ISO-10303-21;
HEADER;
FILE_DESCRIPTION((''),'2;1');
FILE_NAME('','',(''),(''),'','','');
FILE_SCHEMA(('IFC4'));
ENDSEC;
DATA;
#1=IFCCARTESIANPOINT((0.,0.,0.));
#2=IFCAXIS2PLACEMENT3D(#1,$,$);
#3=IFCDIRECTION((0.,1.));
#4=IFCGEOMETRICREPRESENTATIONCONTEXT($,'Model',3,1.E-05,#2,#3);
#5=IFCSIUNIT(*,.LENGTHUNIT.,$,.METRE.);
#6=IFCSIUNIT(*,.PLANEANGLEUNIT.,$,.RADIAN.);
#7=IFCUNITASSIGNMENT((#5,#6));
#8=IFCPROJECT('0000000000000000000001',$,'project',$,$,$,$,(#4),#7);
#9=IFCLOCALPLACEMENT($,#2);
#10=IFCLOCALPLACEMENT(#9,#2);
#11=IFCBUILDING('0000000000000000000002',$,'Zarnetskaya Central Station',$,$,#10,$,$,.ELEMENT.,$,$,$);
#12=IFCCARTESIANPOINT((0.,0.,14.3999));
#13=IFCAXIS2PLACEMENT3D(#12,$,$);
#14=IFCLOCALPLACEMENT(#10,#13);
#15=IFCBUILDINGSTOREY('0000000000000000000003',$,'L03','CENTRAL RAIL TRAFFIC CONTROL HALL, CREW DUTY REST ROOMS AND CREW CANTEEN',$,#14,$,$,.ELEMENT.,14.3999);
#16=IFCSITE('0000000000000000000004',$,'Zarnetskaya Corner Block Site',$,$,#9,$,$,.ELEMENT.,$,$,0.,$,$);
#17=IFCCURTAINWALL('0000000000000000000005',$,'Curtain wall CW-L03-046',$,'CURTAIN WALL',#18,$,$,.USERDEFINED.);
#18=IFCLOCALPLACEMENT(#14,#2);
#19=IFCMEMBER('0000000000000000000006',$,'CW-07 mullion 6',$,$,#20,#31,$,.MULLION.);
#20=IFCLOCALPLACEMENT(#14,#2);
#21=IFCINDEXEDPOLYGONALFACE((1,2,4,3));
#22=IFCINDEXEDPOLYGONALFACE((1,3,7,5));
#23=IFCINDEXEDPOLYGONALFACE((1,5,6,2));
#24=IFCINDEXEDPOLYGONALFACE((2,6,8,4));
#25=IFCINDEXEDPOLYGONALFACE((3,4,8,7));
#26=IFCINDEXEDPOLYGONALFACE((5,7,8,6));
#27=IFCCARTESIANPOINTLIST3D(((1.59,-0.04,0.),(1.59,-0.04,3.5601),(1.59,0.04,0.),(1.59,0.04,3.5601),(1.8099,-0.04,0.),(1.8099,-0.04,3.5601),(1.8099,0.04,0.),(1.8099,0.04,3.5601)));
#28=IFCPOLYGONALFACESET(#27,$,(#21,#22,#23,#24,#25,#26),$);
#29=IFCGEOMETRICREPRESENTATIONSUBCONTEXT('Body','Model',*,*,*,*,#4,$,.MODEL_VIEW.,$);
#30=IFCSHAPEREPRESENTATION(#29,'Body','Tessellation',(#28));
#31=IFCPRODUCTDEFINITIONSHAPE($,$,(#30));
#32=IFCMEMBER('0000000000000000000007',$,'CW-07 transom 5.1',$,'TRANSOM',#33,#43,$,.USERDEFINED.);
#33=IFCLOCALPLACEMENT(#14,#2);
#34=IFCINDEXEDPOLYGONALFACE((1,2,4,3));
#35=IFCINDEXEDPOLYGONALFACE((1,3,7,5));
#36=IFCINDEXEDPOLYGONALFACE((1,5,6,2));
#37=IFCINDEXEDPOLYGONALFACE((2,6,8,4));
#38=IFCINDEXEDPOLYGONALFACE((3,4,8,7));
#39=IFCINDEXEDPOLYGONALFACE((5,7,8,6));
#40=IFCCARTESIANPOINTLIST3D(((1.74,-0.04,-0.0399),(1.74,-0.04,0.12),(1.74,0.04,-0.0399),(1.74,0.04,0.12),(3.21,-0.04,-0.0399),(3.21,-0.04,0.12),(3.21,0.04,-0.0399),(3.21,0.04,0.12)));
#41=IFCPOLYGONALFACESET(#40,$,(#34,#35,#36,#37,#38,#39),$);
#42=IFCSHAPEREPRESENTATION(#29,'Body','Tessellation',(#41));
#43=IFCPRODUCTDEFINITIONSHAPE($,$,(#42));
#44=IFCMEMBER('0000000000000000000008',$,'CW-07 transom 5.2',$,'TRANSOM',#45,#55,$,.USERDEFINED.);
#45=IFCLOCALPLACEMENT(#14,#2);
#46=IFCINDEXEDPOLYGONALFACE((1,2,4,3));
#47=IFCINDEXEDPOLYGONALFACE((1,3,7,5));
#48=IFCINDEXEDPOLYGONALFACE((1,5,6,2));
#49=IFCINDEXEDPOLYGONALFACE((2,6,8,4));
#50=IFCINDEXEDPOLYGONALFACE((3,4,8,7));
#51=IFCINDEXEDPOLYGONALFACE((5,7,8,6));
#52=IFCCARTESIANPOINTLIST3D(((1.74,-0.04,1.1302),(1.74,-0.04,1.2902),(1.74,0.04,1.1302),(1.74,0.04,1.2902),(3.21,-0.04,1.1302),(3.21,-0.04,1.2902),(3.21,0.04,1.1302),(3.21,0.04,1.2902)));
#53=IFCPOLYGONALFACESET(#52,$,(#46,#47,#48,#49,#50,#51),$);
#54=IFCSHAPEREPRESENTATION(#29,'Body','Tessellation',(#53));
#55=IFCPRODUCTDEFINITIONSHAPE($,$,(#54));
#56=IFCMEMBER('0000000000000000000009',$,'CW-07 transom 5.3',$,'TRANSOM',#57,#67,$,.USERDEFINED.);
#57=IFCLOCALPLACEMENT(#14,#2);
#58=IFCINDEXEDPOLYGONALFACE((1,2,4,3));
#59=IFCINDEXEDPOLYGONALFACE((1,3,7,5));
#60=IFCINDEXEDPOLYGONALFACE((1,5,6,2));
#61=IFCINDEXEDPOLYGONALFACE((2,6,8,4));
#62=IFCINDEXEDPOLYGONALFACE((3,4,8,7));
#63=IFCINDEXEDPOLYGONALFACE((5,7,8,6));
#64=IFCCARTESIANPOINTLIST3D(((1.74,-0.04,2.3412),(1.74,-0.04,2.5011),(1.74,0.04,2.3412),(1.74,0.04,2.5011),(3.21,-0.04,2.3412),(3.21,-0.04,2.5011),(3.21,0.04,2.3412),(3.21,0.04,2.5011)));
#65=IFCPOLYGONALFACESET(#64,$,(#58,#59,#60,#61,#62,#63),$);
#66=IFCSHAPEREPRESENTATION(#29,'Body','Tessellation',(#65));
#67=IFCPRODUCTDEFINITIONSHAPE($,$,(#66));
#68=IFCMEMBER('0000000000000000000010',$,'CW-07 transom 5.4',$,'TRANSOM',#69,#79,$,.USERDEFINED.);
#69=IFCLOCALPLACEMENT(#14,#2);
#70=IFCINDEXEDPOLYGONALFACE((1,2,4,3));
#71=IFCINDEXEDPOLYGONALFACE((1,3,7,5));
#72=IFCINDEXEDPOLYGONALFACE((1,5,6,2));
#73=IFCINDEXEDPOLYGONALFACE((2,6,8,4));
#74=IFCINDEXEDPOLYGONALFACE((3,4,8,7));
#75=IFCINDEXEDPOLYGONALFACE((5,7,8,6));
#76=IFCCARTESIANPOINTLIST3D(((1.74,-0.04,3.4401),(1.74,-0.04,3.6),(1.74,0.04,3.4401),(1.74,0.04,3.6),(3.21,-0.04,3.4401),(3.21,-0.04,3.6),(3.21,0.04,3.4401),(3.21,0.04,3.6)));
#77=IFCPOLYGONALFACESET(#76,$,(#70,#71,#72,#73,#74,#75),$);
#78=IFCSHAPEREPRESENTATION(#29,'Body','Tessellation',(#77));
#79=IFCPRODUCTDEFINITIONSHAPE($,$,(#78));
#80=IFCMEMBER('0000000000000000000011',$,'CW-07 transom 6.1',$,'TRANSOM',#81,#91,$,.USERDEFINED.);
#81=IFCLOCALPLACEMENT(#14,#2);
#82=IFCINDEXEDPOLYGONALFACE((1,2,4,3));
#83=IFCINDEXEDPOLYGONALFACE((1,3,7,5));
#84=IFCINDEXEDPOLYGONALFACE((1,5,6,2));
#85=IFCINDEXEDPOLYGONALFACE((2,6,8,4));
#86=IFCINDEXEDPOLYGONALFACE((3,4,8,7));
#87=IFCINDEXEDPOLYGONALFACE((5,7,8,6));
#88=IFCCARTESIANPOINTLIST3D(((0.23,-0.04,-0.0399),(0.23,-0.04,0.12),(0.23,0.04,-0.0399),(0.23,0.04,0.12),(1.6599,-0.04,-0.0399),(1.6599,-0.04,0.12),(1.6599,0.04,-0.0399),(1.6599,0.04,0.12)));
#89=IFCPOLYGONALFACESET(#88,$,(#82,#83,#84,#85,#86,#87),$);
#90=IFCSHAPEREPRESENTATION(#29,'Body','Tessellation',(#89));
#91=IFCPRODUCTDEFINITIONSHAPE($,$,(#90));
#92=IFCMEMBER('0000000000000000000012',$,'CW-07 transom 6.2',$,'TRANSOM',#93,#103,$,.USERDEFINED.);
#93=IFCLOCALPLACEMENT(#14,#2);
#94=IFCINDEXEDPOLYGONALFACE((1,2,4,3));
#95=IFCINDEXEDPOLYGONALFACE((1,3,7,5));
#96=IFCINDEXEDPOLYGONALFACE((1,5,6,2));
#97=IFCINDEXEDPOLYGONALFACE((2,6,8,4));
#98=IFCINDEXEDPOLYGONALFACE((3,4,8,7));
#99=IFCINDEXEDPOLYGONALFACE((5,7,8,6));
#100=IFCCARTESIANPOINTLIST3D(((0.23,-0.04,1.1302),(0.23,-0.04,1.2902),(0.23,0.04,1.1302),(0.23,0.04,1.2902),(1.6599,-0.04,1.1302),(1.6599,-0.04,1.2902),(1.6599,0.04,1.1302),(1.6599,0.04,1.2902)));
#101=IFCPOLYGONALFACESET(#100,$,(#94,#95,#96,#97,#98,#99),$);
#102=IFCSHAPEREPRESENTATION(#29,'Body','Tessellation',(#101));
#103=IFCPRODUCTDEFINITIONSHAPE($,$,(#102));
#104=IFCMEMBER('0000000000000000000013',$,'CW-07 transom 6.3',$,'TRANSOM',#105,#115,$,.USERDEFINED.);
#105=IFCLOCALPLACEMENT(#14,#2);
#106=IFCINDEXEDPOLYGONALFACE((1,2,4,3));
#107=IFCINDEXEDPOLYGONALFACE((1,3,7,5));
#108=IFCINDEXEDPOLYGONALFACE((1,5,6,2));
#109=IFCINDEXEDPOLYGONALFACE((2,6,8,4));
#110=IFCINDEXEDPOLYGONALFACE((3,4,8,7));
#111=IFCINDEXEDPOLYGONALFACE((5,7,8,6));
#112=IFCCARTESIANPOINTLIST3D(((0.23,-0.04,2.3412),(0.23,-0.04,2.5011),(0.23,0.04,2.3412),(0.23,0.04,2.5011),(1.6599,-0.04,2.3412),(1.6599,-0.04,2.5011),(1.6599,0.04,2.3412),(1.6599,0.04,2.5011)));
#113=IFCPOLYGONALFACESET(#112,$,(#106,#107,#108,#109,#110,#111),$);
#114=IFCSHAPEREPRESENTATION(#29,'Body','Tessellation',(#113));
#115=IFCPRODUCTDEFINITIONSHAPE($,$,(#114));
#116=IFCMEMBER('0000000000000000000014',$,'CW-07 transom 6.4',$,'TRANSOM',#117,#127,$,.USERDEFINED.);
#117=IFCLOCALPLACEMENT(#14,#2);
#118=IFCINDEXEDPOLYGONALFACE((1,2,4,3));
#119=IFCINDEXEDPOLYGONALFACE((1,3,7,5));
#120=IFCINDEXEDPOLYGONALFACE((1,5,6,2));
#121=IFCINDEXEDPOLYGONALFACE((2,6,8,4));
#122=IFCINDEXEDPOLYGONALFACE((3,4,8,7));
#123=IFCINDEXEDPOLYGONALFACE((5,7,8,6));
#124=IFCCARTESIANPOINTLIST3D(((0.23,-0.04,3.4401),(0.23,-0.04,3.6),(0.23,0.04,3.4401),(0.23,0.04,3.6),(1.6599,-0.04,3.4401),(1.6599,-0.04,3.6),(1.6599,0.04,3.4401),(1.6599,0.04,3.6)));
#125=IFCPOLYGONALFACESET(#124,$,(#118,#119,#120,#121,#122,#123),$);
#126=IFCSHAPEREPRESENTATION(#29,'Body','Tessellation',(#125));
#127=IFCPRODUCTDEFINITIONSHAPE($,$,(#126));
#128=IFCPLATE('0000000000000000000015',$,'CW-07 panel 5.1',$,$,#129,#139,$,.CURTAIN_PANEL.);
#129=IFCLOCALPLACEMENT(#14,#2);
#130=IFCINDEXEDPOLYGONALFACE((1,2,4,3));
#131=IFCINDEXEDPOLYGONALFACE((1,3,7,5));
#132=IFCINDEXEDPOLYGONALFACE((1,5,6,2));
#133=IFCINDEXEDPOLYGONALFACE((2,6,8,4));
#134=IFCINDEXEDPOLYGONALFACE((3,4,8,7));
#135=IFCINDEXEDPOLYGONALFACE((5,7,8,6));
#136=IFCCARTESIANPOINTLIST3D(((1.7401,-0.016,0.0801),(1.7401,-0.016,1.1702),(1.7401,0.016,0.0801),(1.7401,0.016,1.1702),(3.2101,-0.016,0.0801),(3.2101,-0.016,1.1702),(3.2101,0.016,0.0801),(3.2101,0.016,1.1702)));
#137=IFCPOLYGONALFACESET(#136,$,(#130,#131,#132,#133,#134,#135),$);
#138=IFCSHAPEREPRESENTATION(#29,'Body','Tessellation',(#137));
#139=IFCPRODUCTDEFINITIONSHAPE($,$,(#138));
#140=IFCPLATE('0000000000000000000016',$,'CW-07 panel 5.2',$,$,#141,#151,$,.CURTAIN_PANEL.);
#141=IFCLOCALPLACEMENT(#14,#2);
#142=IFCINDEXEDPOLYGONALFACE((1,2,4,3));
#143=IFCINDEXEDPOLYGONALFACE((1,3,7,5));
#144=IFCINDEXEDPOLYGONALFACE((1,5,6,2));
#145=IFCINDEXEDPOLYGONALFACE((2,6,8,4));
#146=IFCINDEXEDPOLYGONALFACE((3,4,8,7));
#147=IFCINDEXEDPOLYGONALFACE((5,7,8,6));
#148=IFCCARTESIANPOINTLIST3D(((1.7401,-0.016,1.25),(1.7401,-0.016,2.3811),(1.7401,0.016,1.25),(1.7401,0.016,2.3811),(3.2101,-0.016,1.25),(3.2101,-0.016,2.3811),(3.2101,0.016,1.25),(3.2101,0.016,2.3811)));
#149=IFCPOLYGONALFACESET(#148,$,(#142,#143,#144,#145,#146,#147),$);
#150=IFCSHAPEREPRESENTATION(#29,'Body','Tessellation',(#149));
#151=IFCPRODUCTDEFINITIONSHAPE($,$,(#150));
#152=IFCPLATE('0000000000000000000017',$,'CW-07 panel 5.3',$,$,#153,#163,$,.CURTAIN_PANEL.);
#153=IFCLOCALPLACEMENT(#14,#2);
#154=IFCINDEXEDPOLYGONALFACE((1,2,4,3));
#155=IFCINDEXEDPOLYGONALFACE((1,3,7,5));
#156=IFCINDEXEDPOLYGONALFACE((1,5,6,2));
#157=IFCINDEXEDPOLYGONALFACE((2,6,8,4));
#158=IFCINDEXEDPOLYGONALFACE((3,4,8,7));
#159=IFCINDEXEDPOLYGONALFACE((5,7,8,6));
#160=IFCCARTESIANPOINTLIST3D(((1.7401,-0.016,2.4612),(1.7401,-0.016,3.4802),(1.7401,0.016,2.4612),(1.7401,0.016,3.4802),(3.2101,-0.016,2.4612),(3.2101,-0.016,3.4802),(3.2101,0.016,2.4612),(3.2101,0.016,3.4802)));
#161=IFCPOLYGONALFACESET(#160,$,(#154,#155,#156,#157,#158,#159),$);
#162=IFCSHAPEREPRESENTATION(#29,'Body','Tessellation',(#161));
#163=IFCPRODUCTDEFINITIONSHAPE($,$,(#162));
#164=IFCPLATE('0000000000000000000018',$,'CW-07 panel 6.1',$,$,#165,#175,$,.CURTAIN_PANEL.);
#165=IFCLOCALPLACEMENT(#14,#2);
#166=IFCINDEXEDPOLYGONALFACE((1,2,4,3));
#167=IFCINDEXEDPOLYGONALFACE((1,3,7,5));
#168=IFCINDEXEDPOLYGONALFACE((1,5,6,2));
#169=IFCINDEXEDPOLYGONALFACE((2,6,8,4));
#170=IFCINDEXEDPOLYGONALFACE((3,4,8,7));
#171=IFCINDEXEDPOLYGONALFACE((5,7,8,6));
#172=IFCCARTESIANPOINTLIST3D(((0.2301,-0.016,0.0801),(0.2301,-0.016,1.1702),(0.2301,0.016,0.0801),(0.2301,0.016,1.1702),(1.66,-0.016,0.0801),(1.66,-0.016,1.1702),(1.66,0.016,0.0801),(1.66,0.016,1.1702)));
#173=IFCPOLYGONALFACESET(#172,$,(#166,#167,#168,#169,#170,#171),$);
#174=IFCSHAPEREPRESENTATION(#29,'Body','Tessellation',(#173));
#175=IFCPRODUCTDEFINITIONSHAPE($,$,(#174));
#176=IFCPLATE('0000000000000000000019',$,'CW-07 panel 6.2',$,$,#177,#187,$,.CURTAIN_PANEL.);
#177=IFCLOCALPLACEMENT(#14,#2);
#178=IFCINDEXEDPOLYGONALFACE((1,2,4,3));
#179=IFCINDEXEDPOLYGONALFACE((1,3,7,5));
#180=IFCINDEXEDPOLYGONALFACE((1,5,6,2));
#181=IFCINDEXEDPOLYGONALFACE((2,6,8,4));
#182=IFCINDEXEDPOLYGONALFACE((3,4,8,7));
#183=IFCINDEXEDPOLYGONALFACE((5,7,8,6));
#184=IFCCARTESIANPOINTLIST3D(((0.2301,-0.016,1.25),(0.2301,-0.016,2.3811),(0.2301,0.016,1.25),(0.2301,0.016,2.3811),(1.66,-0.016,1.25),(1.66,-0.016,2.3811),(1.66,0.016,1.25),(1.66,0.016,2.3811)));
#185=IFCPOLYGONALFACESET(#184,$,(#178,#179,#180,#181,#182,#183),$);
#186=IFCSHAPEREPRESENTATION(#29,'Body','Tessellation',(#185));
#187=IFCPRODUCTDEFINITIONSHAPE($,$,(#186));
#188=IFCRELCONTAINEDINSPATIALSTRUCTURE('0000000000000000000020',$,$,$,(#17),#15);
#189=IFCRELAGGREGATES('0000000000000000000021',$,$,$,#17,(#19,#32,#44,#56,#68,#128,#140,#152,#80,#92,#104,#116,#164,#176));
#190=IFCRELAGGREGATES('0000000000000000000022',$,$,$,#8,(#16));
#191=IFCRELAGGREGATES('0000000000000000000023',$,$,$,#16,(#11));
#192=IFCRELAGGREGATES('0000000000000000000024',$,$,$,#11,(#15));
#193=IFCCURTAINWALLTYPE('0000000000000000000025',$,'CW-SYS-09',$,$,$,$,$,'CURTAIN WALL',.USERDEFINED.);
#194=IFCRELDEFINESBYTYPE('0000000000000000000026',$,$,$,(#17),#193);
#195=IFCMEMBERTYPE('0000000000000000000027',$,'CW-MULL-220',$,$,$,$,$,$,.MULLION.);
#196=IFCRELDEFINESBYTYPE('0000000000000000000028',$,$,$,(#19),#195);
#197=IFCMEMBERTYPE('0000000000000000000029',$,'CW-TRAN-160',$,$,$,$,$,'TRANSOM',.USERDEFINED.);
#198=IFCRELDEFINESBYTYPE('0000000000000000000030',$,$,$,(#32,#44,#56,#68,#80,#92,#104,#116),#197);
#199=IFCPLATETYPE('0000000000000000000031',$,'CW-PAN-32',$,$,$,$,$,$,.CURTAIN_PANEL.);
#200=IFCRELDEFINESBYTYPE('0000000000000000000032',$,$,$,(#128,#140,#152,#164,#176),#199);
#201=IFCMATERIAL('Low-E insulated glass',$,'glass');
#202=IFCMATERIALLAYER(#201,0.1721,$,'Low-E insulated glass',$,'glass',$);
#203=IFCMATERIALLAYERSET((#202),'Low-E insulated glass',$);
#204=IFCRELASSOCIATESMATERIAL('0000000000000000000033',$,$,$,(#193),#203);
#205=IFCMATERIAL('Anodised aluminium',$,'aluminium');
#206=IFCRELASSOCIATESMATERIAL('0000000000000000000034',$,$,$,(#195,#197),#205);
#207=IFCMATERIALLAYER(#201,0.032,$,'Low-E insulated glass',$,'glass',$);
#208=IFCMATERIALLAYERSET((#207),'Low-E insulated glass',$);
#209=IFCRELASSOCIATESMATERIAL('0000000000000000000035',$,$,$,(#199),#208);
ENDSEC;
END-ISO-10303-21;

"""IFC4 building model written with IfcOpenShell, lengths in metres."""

from ifc_helpers import new_model, si_unit, direction, frame, origin, origin_2d, place, context, subcontext, project, spatial, rectangle, extrude, material, layer, layer_set, material_profile, profile_set, type_object, element, aggregate, save


model = new_model("IFC4")

# Units and contexts
model_context = context("Model", 3, precision=1e-05, world=origin(), true_north=direction((0.0, 1.0)))
body_context = subcontext(model_context, "Body", "Model", "MODEL_VIEW")
ifc_project = project(units=[si_unit("LENGTHUNIT", "METRE"), si_unit("PLANEANGLEUNIT", "RADIAN")], contexts=[model_context])

# Site, building, storey
site_placement = place(None, origin())
site = spatial("IfcSite", under=ifc_project, at=site_placement, Name="Zarnetskaya Corner Block Site", CompositionType="ELEMENT", RefElevation=0.0)
building_placement = place(site_placement, origin())
building = spatial("IfcBuilding", under=site, at=building_placement, Name="Zarnetskaya Central Station", CompositionType="ELEMENT")
storey_placement = place(building_placement, frame((0.0, 0.0, 14.3999)))
storey = spatial("IfcBuildingStorey", under=building, at=storey_placement, Name="L03", Description="CENTRAL RAIL TRAFFIC CONTROL HALL, CREW DUTY REST ROOMS AND CREW CANTEEN", CompositionType="ELEMENT", Elevation=14.3999)

# Curtain wall, members, plates
ifc_material_1 = material(Name="Low-E insulated glass", Category="glass")
ifc_layer_1 = layer(ifc_material_1, 0.1721, Name="Low-E insulated glass", Category="glass")
ifc_layer_set_1 = layer_set([ifc_layer_1], Name="Low-E insulated glass")
curtain_wall_type = type_object("IfcCurtainWallType", Name="CW-SYS-09", ElementType="CURTAIN WALL", PredefinedType="USERDEFINED", material=ifc_layer_set_1)
curtain_wall_placement = place(storey_placement, origin())
curtain_wall = element("IfcCurtainWall", 1, at=curtain_wall_placement, inside=storey, type_object=curtain_wall_type, Name="Curtain wall CW-L03-046", ObjectType="CURTAIN WALL", PredefinedType="USERDEFINED")
ifc_material_2 = material(Name="Anodised aluminium", Category="aluminium")
ifc_material_profile_1 = material_profile(ifc_material_2, rectangle(XDim=0.0801, YDim=0.22, at=origin_2d()), Name="ALU MULL 80x220")
ifc_profile_set_1 = profile_set([ifc_material_profile_1], Name="Anodised aluminium")
member_type_1 = type_object("IfcMemberType", Name="CW-MULL-220", PredefinedType="MULLION", material=ifc_profile_set_1)
member_1_placement = place(storey_placement, frame((1.7, 0.0, 0.0), z_axis=(0.0, 0.0, 1.0), x_axis=(0.0, -1.0, 0.0)))
member_1 = element("IfcMember", 2, at=member_1_placement, type_object=member_type_1, Name="CW-07 mullion 6", PredefinedType="MULLION", context=body_context, shape_type="SweptSolid", body=[
    extrude(rectangle(XDim=0.0801, YDim=0.22, at=origin_2d()), origin(), (0.0, 0.0, 1.0), 3.5601),
])
ifc_material_profile_2 = material_profile(ifc_material_2, rectangle(XDim=0.0801, YDim=0.1599, at=origin_2d()), Name="ALU TRAN 80x160")
ifc_profile_set_2 = profile_set([ifc_material_profile_2], Name="Anodised aluminium")
member_type_2 = type_object("IfcMemberType", Name="CW-TRAN-160", ElementType="TRANSOM", PredefinedType="USERDEFINED", material=ifc_profile_set_2)
member_2_placement = place(storey_placement, frame((3.21, 0.0, 0.04), z_axis=(-1.0, 0.0, 0.0), x_axis=(0.0, -1.0, 0.0)))
member_2 = element("IfcMember", 3, at=member_2_placement, type_object=member_type_2, Name="CW-07 transom 5.1", ObjectType="TRANSOM", PredefinedType="USERDEFINED", context=body_context, shape_type="SweptSolid", body=[
    extrude(rectangle(XDim=0.0801, YDim=0.1599, at=origin_2d()), origin(), (0.0, 0.0, 1.0), 1.47),
])
member_3_placement = place(storey_placement, frame((3.21, 0.0, 1.2102), z_axis=(-1.0, 0.0, 0.0), x_axis=(0.0, -1.0, 0.0)))
member_3 = element("IfcMember", 4, at=member_3_placement, type_object=member_type_2, Name="CW-07 transom 5.2", ObjectType="TRANSOM", PredefinedType="USERDEFINED", context=body_context, shape_type="SweptSolid", body=[
    extrude(rectangle(XDim=0.0801, YDim=0.1599, at=origin_2d()), origin(), (0.0, 0.0, 1.0), 1.47),
])
member_4_placement = place(storey_placement, frame((3.21, 0.0, 2.4211), z_axis=(-1.0, 0.0, 0.0), x_axis=(0.0, -1.0, 0.0)))
member_4 = element("IfcMember", 5, at=member_4_placement, type_object=member_type_2, Name="CW-07 transom 5.3", ObjectType="TRANSOM", PredefinedType="USERDEFINED", context=body_context, shape_type="SweptSolid", body=[
    extrude(rectangle(XDim=0.0801, YDim=0.1599, at=origin_2d()), origin(), (0.0, 0.0, 1.0), 1.47),
])
member_5_placement = place(storey_placement, frame((3.21, 0.0, 3.52), z_axis=(-1.0, 0.0, 0.0), x_axis=(0.0, -1.0, 0.0)))
member_5 = element("IfcMember", 6, at=member_5_placement, type_object=member_type_2, Name="CW-07 transom 5.4", ObjectType="TRANSOM", PredefinedType="USERDEFINED", context=body_context, shape_type="SweptSolid", body=[
    extrude(rectangle(XDim=0.0801, YDim=0.1599, at=origin_2d()), origin(), (0.0, 0.0, 1.0), 1.47),
])
member_6_placement = place(storey_placement, frame((1.6599, 0.0, 0.04), z_axis=(-1.0, 0.0, 0.0), x_axis=(0.0, -1.0, 0.0)))
member_6 = element("IfcMember", 7, at=member_6_placement, type_object=member_type_2, Name="CW-07 transom 6.1", ObjectType="TRANSOM", PredefinedType="USERDEFINED", context=body_context, shape_type="SweptSolid", body=[
    extrude(rectangle(XDim=0.0801, YDim=0.1599, at=origin_2d()), origin(), (0.0, 0.0, 1.0), 1.4299),
])
member_7_placement = place(storey_placement, frame((1.6599, 0.0, 1.2102), z_axis=(-1.0, 0.0, 0.0), x_axis=(0.0, -1.0, 0.0)))
member_7 = element("IfcMember", 8, at=member_7_placement, type_object=member_type_2, Name="CW-07 transom 6.2", ObjectType="TRANSOM", PredefinedType="USERDEFINED", context=body_context, shape_type="SweptSolid", body=[
    extrude(rectangle(XDim=0.0801, YDim=0.1599, at=origin_2d()), origin(), (0.0, 0.0, 1.0), 1.4299),
])
member_8_placement = place(storey_placement, frame((1.6599, 0.0, 2.4211), z_axis=(-1.0, 0.0, 0.0), x_axis=(0.0, -1.0, 0.0)))
member_8 = element("IfcMember", 9, at=member_8_placement, type_object=member_type_2, Name="CW-07 transom 6.3", ObjectType="TRANSOM", PredefinedType="USERDEFINED", context=body_context, shape_type="SweptSolid", body=[
    extrude(rectangle(XDim=0.0801, YDim=0.1599, at=origin_2d()), origin(), (0.0, 0.0, 1.0), 1.4299),
])
member_9_placement = place(storey_placement, frame((1.6599, 0.0, 3.52), z_axis=(-1.0, 0.0, 0.0), x_axis=(0.0, -1.0, 0.0)))
member_9 = element("IfcMember", 10, at=member_9_placement, type_object=member_type_2, Name="CW-07 transom 6.4", ObjectType="TRANSOM", PredefinedType="USERDEFINED", context=body_context, shape_type="SweptSolid", body=[
    extrude(rectangle(XDim=0.0801, YDim=0.1599, at=origin_2d()), origin(), (0.0, 0.0, 1.0), 1.4299),
])
ifc_layer_2 = layer(ifc_material_1, 0.032, Name="Low-E insulated glass", Category="glass")
ifc_layer_set_2 = layer_set([ifc_layer_2], Name="Low-E insulated glass")
plate_type = type_object("IfcPlateType", Name="CW-PAN-32", PredefinedType="CURTAIN_PANEL", material=ifc_layer_set_2)
plate_1_placement = place(storey_placement, frame((2.4751, 0.0, 0.0801), z_axis=(0.0, 0.0, 1.0), x_axis=(-1.0, 0.0, 0.0)))
plate_1 = element("IfcPlate", 11, at=plate_1_placement, type_object=plate_type, Name="CW-07 panel 5.1", PredefinedType="CURTAIN_PANEL", context=body_context, shape_type="SweptSolid", body=[
    extrude(rectangle(XDim=1.47, YDim=0.032, at=origin_2d()), origin(), (0.0, 0.0, 1.0), 1.0901),
])
plate_2_placement = place(storey_placement, frame((2.4751, 0.0, 1.25), z_axis=(0.0, 0.0, 1.0), x_axis=(-1.0, 0.0, 0.0)))
plate_2 = element("IfcPlate", 12, at=plate_2_placement, type_object=plate_type, Name="CW-07 panel 5.2", PredefinedType="CURTAIN_PANEL", context=body_context, shape_type="SweptSolid", body=[
    extrude(rectangle(XDim=1.47, YDim=0.032, at=origin_2d()), origin(), (0.0, 0.0, 1.0), 1.1311),
])
plate_3_placement = place(storey_placement, frame((2.4751, 0.0, 2.4612), z_axis=(0.0, 0.0, 1.0), x_axis=(-1.0, 0.0, 0.0)))
plate_3 = element("IfcPlate", 13, at=plate_3_placement, type_object=plate_type, Name="CW-07 panel 5.3", PredefinedType="CURTAIN_PANEL", context=body_context, shape_type="SweptSolid", body=[
    extrude(rectangle(XDim=1.47, YDim=0.032, at=origin_2d()), origin(), (0.0, 0.0, 1.0), 1.019),
])
plate_4_placement = place(storey_placement, frame((0.9451, 0.0, 0.0801), z_axis=(0.0, 0.0, 1.0), x_axis=(-1.0, 0.0, 0.0)))
plate_4 = element("IfcPlate", 14, at=plate_4_placement, type_object=plate_type, Name="CW-07 panel 6.1", PredefinedType="CURTAIN_PANEL", context=body_context, shape_type="SweptSolid", body=[
    extrude(rectangle(XDim=1.4299, YDim=0.032, at=origin_2d()), origin(), (0.0, 0.0, 1.0), 1.0901),
])
plate_5_placement = place(storey_placement, frame((0.9451, 0.0, 1.25), z_axis=(0.0, 0.0, 1.0), x_axis=(-1.0, 0.0, 0.0)))
plate_5 = element("IfcPlate", 15, at=plate_5_placement, type_object=plate_type, Name="CW-07 panel 6.2", PredefinedType="CURTAIN_PANEL", context=body_context, shape_type="SweptSolid", body=[
    extrude(rectangle(XDim=1.4299, YDim=0.032, at=origin_2d()), origin(), (0.0, 0.0, 1.0), 1.1311),
])
aggregate(curtain_wall, [member_1, member_2, member_3, member_4, member_5, plate_1, plate_2, plate_3, member_6, member_7, member_8, member_9, plate_4, plate_5])

save(model, "model.ifc")
